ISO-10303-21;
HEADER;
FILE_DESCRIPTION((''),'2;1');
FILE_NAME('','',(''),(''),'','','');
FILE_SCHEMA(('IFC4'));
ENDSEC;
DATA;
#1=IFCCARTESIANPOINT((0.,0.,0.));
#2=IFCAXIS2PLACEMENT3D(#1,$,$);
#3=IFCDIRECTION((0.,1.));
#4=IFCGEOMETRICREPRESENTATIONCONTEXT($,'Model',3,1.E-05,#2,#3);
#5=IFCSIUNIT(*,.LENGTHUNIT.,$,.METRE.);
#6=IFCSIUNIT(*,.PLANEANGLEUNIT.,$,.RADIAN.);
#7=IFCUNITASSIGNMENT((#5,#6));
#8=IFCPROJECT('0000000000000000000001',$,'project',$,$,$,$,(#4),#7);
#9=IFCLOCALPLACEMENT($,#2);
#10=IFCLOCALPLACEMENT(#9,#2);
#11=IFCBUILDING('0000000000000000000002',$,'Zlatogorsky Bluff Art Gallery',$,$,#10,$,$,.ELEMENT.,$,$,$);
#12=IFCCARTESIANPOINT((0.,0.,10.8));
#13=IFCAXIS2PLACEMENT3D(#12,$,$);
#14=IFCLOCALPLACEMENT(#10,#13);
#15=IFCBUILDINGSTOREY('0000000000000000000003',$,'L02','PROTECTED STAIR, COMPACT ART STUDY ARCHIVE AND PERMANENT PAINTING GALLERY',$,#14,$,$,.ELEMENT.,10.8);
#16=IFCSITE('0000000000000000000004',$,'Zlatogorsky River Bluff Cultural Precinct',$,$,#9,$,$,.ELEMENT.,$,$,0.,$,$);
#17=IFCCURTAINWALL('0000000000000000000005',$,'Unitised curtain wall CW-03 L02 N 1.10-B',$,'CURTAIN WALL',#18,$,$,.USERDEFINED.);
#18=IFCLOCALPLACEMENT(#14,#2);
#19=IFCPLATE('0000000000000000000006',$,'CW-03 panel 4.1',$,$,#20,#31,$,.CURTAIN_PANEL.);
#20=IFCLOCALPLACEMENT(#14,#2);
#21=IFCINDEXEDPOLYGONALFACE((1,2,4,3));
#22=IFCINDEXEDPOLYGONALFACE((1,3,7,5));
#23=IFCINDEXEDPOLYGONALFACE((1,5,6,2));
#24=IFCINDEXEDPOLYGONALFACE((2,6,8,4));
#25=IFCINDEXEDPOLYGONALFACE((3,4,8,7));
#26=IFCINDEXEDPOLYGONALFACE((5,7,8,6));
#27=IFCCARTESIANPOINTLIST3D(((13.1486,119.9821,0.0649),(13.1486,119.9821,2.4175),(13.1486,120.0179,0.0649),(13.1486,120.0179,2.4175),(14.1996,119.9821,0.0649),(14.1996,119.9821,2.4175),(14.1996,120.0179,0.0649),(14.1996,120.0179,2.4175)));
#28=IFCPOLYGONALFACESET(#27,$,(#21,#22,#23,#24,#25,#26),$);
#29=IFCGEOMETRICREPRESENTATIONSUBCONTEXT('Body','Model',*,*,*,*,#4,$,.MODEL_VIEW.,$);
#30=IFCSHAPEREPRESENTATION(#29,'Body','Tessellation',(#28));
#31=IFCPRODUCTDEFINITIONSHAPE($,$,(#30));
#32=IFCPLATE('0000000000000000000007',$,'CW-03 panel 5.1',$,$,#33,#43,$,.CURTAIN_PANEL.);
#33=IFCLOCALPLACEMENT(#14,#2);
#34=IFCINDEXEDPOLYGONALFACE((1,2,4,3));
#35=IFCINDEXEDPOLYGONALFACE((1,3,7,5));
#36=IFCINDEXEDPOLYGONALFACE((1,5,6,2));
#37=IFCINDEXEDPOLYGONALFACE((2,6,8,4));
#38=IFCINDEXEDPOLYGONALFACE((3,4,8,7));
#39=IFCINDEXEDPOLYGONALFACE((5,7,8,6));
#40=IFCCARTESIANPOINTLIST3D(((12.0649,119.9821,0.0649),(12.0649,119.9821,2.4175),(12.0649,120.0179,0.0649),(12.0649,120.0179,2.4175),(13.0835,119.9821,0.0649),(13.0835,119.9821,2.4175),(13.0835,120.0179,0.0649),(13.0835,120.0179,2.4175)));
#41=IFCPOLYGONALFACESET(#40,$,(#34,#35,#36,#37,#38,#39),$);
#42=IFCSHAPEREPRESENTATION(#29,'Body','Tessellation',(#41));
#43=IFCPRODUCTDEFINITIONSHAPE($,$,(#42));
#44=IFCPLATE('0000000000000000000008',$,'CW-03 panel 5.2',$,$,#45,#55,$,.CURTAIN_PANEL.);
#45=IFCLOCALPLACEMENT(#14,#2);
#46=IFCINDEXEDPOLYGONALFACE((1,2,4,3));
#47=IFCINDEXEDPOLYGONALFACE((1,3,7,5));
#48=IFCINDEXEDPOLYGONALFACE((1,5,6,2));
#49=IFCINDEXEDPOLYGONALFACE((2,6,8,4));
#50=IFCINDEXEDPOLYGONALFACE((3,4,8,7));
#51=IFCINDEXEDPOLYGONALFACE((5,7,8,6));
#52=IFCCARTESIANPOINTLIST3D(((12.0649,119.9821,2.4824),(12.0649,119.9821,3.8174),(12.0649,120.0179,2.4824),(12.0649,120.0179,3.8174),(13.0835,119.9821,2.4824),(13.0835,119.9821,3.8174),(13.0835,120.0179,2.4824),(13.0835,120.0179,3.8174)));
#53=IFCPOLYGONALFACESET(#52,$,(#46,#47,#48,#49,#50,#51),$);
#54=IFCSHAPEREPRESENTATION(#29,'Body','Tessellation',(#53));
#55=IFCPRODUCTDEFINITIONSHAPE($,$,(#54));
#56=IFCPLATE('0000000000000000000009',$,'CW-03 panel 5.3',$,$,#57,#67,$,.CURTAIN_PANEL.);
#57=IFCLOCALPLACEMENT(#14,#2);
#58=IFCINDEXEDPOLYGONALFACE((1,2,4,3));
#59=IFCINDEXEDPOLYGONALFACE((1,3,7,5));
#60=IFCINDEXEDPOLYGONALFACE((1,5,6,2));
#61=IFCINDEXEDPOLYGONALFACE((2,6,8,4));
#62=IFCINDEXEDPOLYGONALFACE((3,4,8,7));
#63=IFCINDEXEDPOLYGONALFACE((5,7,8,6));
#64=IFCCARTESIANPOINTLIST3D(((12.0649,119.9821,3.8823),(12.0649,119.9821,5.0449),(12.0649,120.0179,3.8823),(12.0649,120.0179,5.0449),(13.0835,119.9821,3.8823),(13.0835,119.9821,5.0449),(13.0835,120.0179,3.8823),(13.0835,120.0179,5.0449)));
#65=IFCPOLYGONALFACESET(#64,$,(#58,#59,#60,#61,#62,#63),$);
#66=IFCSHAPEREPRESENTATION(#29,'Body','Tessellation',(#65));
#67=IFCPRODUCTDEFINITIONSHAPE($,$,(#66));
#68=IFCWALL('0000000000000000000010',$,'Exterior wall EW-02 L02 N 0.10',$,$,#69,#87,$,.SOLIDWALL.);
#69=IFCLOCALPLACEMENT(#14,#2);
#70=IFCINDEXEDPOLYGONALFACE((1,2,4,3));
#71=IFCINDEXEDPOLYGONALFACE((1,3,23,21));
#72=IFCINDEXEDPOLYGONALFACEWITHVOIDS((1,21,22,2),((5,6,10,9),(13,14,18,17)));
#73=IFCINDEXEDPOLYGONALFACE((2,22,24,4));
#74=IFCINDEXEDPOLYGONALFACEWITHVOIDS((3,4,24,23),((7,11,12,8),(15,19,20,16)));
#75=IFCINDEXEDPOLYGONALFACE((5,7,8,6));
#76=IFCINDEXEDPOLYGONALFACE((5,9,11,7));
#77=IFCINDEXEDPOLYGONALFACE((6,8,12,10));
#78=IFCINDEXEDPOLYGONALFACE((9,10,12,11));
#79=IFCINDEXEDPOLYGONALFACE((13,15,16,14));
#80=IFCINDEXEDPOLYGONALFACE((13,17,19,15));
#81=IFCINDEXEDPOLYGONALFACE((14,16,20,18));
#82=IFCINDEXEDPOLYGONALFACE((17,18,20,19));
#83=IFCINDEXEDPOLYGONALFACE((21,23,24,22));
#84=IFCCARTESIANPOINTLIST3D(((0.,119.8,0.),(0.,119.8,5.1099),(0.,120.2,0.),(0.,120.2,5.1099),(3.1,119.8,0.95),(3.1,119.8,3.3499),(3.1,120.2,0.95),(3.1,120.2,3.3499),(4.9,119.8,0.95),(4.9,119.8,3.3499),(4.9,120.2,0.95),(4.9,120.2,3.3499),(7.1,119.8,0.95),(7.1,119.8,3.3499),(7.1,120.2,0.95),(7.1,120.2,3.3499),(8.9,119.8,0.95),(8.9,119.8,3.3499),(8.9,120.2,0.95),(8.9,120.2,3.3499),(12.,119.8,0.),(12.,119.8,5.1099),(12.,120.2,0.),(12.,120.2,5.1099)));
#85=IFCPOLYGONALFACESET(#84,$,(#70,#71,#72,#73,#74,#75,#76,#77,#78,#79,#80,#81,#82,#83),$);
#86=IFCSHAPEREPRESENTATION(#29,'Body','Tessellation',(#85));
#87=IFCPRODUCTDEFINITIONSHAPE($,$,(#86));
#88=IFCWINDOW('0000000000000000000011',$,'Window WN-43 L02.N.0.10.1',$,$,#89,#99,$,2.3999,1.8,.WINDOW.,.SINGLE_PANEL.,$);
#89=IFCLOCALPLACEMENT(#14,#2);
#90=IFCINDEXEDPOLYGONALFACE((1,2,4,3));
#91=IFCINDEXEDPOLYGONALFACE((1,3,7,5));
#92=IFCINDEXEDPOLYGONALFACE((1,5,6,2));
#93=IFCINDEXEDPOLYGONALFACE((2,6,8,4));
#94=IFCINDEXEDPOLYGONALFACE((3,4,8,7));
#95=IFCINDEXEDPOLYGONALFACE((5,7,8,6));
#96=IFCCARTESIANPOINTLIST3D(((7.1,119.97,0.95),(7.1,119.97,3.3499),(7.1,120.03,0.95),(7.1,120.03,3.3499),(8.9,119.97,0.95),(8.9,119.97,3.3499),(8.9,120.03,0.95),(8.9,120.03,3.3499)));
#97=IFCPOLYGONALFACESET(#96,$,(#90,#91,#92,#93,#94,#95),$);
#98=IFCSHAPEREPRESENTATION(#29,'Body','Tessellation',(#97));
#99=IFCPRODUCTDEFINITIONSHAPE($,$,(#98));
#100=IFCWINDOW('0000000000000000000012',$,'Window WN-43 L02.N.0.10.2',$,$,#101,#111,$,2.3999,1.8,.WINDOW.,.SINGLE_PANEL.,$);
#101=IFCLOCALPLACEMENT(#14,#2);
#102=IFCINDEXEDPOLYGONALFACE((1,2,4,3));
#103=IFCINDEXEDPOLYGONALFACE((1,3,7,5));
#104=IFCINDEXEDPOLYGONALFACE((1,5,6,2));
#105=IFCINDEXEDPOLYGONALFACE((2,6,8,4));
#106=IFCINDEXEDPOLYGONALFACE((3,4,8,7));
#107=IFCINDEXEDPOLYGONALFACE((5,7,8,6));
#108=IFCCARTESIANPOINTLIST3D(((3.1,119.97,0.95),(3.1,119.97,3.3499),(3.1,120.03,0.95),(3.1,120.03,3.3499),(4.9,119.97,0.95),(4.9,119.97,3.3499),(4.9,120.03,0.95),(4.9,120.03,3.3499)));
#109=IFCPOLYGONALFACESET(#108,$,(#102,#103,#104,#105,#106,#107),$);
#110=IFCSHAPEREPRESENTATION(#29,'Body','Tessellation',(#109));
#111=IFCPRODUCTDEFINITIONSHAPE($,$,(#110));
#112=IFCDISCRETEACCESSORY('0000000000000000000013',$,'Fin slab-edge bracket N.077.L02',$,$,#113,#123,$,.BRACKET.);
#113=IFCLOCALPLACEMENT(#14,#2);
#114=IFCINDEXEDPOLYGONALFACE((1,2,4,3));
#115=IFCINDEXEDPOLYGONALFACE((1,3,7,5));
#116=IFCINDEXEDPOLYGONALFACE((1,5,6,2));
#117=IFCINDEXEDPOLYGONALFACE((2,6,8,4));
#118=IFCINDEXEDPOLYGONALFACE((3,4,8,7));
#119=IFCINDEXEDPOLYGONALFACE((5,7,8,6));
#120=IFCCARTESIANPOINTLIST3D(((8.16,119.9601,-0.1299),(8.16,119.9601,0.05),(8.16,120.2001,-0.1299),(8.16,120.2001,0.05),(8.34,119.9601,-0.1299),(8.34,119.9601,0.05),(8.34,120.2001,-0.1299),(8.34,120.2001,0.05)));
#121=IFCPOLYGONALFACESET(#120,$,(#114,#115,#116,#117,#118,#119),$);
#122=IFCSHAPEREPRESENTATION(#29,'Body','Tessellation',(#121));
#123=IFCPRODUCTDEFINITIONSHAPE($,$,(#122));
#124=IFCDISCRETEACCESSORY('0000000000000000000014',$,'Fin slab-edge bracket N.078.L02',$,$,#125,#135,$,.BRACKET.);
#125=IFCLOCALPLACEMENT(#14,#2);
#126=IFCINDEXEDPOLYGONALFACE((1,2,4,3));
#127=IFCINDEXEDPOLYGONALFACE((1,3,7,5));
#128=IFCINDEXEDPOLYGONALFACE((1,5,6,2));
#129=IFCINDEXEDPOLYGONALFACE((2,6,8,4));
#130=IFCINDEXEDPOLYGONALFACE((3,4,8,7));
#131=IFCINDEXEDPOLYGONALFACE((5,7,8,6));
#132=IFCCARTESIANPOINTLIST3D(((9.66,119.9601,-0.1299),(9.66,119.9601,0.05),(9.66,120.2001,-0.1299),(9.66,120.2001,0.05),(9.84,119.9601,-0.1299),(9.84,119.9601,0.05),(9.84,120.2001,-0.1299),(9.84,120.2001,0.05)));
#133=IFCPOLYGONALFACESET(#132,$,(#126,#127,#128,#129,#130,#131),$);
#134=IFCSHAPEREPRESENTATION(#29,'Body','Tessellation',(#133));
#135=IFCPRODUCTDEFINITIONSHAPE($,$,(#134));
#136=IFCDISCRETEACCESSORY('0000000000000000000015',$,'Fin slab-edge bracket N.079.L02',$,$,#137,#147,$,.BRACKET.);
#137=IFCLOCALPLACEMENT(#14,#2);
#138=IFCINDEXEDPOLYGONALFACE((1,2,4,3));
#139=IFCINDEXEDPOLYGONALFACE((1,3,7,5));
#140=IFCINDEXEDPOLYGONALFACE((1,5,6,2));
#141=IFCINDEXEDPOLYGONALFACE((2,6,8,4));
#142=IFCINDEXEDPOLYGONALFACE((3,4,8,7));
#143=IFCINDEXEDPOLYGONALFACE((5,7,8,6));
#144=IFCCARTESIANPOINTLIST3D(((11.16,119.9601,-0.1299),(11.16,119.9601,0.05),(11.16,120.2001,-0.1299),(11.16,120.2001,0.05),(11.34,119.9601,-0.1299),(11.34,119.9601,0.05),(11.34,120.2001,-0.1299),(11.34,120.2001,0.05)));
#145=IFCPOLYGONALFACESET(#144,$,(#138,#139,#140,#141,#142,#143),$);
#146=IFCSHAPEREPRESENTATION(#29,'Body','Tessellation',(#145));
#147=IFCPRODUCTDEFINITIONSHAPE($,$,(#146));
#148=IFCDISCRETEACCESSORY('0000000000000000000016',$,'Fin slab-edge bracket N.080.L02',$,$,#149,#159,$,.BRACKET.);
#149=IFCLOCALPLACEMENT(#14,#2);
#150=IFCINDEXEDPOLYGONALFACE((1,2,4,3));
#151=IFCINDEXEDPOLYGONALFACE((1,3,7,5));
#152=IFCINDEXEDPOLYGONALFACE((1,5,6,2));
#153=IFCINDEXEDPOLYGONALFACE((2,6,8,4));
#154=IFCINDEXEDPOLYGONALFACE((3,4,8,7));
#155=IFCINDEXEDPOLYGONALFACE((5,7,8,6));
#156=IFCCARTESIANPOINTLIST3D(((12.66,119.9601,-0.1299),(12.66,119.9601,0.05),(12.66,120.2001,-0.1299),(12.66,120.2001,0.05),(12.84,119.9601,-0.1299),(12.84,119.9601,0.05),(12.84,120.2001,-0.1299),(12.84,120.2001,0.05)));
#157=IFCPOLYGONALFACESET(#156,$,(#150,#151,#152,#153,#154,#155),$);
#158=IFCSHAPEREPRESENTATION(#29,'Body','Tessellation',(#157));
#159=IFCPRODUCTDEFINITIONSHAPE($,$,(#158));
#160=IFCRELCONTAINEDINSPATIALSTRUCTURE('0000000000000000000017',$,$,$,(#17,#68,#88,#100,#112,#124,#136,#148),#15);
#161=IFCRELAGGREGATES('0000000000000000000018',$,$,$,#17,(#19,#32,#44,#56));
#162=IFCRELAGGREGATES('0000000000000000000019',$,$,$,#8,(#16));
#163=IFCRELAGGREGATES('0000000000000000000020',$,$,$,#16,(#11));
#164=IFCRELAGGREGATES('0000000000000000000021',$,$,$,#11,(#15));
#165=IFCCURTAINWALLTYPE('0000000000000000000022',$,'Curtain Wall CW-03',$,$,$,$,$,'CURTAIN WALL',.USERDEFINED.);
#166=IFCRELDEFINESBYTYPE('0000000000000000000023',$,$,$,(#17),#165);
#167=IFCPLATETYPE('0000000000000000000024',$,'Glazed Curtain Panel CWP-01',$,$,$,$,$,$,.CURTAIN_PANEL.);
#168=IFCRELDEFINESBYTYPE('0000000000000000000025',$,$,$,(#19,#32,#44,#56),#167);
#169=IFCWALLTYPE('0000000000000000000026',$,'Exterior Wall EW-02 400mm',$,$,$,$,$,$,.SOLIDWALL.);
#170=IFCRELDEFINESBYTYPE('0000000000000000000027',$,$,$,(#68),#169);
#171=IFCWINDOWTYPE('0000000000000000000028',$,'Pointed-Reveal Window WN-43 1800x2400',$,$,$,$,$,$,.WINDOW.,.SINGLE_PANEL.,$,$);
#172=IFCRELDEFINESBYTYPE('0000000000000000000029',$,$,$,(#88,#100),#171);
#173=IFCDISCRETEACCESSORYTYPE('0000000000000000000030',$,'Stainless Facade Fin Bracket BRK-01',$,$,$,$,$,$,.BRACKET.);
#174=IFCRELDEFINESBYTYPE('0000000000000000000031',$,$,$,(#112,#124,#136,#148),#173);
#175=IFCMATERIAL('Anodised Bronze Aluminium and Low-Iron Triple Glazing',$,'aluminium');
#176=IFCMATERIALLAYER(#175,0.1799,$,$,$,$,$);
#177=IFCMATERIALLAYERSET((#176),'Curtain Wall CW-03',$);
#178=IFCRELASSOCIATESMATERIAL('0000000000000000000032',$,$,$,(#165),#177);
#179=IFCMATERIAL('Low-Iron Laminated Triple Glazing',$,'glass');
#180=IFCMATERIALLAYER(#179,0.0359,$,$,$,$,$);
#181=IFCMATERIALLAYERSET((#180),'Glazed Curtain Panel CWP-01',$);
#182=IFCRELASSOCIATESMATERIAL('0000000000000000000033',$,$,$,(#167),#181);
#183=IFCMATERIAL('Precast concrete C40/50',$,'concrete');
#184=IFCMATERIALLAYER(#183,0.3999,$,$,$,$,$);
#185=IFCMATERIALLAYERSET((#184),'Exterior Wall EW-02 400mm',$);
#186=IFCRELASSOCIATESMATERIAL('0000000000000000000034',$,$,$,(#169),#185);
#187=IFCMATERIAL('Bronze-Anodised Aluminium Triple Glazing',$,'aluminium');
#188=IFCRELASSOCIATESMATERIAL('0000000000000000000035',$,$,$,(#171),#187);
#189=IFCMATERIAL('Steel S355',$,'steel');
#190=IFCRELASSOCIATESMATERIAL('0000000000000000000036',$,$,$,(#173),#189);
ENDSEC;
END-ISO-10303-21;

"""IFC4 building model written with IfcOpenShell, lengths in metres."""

from ifc_helpers import new_model, si_unit, direction, frame, frame_2d, origin, origin_2d, place, context, subcontext, project, spatial, rectangle, extrude, material, layer, layer_set, type_object, element, fill, aggregate, save


model = new_model("IFC4")

# Units and contexts
model_context = context("Model", 3, precision=1e-05, world=origin(), true_north=direction((0.0, 1.0)))
body_context = subcontext(model_context, "Body", "Model", "MODEL_VIEW")
ifc_project = project(units=[si_unit("LENGTHUNIT", "METRE"), si_unit("PLANEANGLEUNIT", "RADIAN")], contexts=[model_context])

# Site, building, storey
site_placement = place(None, origin())
site = spatial("IfcSite", under=ifc_project, at=site_placement, Name="Zlatogorsky River Bluff Cultural Precinct", CompositionType="ELEMENT", RefElevation=0.0)
building_placement = place(site_placement, origin())
building = spatial("IfcBuilding", under=site, at=building_placement, Name="Zlatogorsky Bluff Art Gallery", CompositionType="ELEMENT")
storey_placement = place(building_placement, frame((0.0, 0.0, 10.8)))
storey = spatial("IfcBuildingStorey", under=building, at=storey_placement, Name="L02", Description="PROTECTED STAIR, COMPACT ART STUDY ARCHIVE AND PERMANENT PAINTING GALLERY", CompositionType="ELEMENT", Elevation=10.8)

# Shared definitions
ifc_material_1 = material(Name="Steel S355", Category="steel")

# Curtain wall, plates
ifc_material_2 = material(Name="Anodised Bronze Aluminium and Low-Iron Triple Glazing", Category="aluminium")
ifc_layer_1 = layer(ifc_material_2, 0.1799)
ifc_layer_set_1 = layer_set([ifc_layer_1], Name="Curtain Wall CW-03")
curtain_wall_type = type_object("IfcCurtainWallType", Name="Curtain Wall CW-03", ElementType="CURTAIN WALL", PredefinedType="USERDEFINED", material=ifc_layer_set_1)
curtain_wall_placement = place(storey_placement, origin())
curtain_wall = element("IfcCurtainWall", 1, at=curtain_wall_placement, inside=storey, type_object=curtain_wall_type, Name="Unitised curtain wall CW-03 L02 N 1.10-B", ObjectType="CURTAIN WALL", PredefinedType="USERDEFINED")
ifc_material_3 = material(Name="Low-Iron Laminated Triple Glazing", Category="glass")
ifc_layer_2 = layer(ifc_material_3, 0.0359)
ifc_layer_set_2 = layer_set([ifc_layer_2], Name="Glazed Curtain Panel CWP-01")
plate_type = type_object("IfcPlateType", Name="Glazed Curtain Panel CWP-01", PredefinedType="CURTAIN_PANEL", material=ifc_layer_set_2)
plate_1_placement = place(storey_placement, frame((13.6741, 120.0, 0.0649), z_axis=(0.0, 0.0, 1.0), x_axis=(-1.0, 0.0, 0.0)))
plate_1 = element("IfcPlate", 2, at=plate_1_placement, type_object=plate_type, Name="CW-03 panel 4.1", PredefinedType="CURTAIN_PANEL", context=body_context, shape_type="SweptSolid", body=[
    extrude(rectangle(XDim=1.051, YDim=0.0359, at=origin_2d()), origin(), (0.0, 0.0, 1.0), 2.3525),
])
plate_2_placement = place(storey_placement, frame((12.5742, 120.0, 0.0649), z_axis=(0.0, 0.0, 1.0), x_axis=(-1.0, 0.0, 0.0)))
plate_2 = element("IfcPlate", 3, at=plate_2_placement, type_object=plate_type, Name="CW-03 panel 5.1", PredefinedType="CURTAIN_PANEL", context=body_context, shape_type="SweptSolid", body=[
    extrude(rectangle(XDim=1.0186, YDim=0.0359, at=origin_2d()), origin(), (0.0, 0.0, 1.0), 2.3525),
])
plate_3_placement = place(storey_placement, frame((12.5742, 120.0, 2.4824), z_axis=(0.0, 0.0, 1.0), x_axis=(-1.0, 0.0, 0.0)))
plate_3 = element("IfcPlate", 4, at=plate_3_placement, type_object=plate_type, Name="CW-03 panel 5.2", PredefinedType="CURTAIN_PANEL", context=body_context, shape_type="SweptSolid", body=[
    extrude(rectangle(XDim=1.0186, YDim=0.0359, at=origin_2d()), origin(), (0.0, 0.0, 1.0), 1.335),
])
plate_4_placement = place(storey_placement, frame((12.5742, 120.0, 3.8823), z_axis=(0.0, 0.0, 1.0), x_axis=(-1.0, 0.0, 0.0)))
plate_4 = element("IfcPlate", 5, at=plate_4_placement, type_object=plate_type, Name="CW-03 panel 5.3", PredefinedType="CURTAIN_PANEL", context=body_context, shape_type="SweptSolid", body=[
    extrude(rectangle(XDim=1.0186, YDim=0.0359, at=origin_2d()), origin(), (0.0, 0.0, 1.0), 1.1626),
])
aggregate(curtain_wall, [plate_1, plate_2, plate_3, plate_4])

# Wall, openings, windows
ifc_material_4 = material(Name="Precast concrete C40/50", Category="concrete")
ifc_layer_3 = layer(ifc_material_4, 0.3999)
ifc_layer_set_3 = layer_set([ifc_layer_3], Name="Exterior Wall EW-02 400mm")
wall_type = type_object("IfcWallType", Name="Exterior Wall EW-02 400mm", PredefinedType="SOLIDWALL", material=ifc_layer_set_3)
wall_placement = place(storey_placement, frame((12.0, 120.0, 0.0), z_axis=(0.0, 0.0, 1.0), x_axis=(-1.0, 0.0, 0.0)))
wall = element("IfcWall", 6, at=wall_placement, inside=storey, type_object=wall_type, Name="Exterior wall EW-02 L02 N 0.10", PredefinedType="SOLIDWALL", context=body_context, shape_type="SweptSolid", body=[
    extrude(rectangle(XDim=12.0, YDim=0.3999, at=frame_2d((6.0, 0.0))), origin(), (0.0, 0.0, 1.0), 5.1099),
])
opening_1_placement = place(wall_placement, frame((3.1001, 0.0, 0.95)))
opening_1 = element("IfcOpeningElement", 7, at=opening_1_placement, cuts=wall, PredefinedType="OPENING", context=body_context, shape_type="SweptSolid", body=[
    extrude(rectangle(XDim=1.8, YDim=2.3999, at=frame_2d((0.8999, 1.2))), frame((0.0, 0.21, 0.0), z_axis=(0.0, -1.0, 0.0), x_axis=(1.0, 0.0, 0.0)), (0.0, 0.0, 1.0), 0.4199),
])
opening_2_placement = place(wall_placement, frame((7.1001, 0.0, 0.95)))
opening_2 = element("IfcOpeningElement", 8, at=opening_2_placement, cuts=wall, PredefinedType="OPENING", context=body_context, shape_type="SweptSolid", body=[
    extrude(rectangle(XDim=1.8, YDim=2.3999, at=frame_2d((0.8999, 1.2))), frame((0.0, 0.21, 0.0), z_axis=(0.0, -1.0, 0.0), x_axis=(1.0, 0.0, 0.0)), (0.0, 0.0, 1.0), 0.4199),
])
ifc_material_5 = material(Name="Bronze-Anodised Aluminium Triple Glazing", Category="aluminium")
window_type = type_object("IfcWindowType", Name="Pointed-Reveal Window WN-43 1800x2400", PartitioningType="SINGLE_PANEL", PredefinedType="WINDOW", material=ifc_material_5)
window_1_placement = place(opening_1_placement, origin())
window_1 = element("IfcWindow", 9, at=window_1_placement, inside=storey, type_object=window_type, Name="Window WN-43 L02.N.0.10.1", OverallHeight=2.3999, OverallWidth=1.8, PartitioningType="SINGLE_PANEL", PredefinedType="WINDOW", context=body_context, shape_type="SweptSolid", body=[
    extrude(rectangle(XDim=1.8, YDim=2.3999, at=frame_2d((0.8999, 1.2))), frame((0.0, 0.03, 0.0), z_axis=(0.0, -1.0, 0.0), x_axis=(1.0, 0.0, 0.0)), (0.0, 0.0, 1.0), 0.0601),
])
fill(opening_1, window_1)
window_2_placement = place(opening_2_placement, origin())
window_2 = element("IfcWindow", 10, at=window_2_placement, inside=storey, type_object=window_type, Name="Window WN-43 L02.N.0.10.2", OverallHeight=2.3999, OverallWidth=1.8, PartitioningType="SINGLE_PANEL", PredefinedType="WINDOW", context=body_context, shape_type="SweptSolid", body=[
    extrude(rectangle(XDim=1.8, YDim=2.3999, at=frame_2d((0.8999, 1.2))), frame((0.0, 0.03, 0.0), z_axis=(0.0, -1.0, 0.0), x_axis=(1.0, 0.0, 0.0)), (0.0, 0.0, 1.0), 0.0601),
])
fill(opening_2, window_2)

# Discrete accessories
discrete_accessory_type = type_object("IfcDiscreteAccessoryType", Name="Stainless Facade Fin Bracket BRK-01", PredefinedType="BRACKET", material=ifc_material_1)
for number, where, z_axis, x_axis, name in (
    (11, (8.25, 120.0801, -0.1299), (0.0, 0.0, 1.0), (1.0, 0.0, 0.0), "Fin slab-edge bracket N.077.L02"),
    (12, (9.75, 120.0801, -0.1299), (0.0, 0.0, 1.0), (1.0, 0.0, 0.0), "Fin slab-edge bracket N.078.L02"),
    (13, (11.25, 120.0801, -0.1299), (0.0, 0.0, 1.0), (1.0, 0.0, 0.0), "Fin slab-edge bracket N.079.L02"),
    (14, (12.75, 120.0801, -0.1299), (0.0, 0.0, 1.0), (1.0, 0.0, 0.0), "Fin slab-edge bracket N.080.L02"),
):
    element("IfcDiscreteAccessory", number, at=place(storey_placement, frame(where, z_axis=z_axis, x_axis=x_axis)), inside=storey, type_object=discrete_accessory_type, Name=name, PredefinedType="BRACKET", context=body_context, shape_type="SweptSolid", body=[
        extrude(rectangle(XDim=0.1799, YDim=0.24, at=origin_2d()), origin(), (0.0, 0.0, 1.0), 0.1799),
    ])

save(model, "model.ifc")
